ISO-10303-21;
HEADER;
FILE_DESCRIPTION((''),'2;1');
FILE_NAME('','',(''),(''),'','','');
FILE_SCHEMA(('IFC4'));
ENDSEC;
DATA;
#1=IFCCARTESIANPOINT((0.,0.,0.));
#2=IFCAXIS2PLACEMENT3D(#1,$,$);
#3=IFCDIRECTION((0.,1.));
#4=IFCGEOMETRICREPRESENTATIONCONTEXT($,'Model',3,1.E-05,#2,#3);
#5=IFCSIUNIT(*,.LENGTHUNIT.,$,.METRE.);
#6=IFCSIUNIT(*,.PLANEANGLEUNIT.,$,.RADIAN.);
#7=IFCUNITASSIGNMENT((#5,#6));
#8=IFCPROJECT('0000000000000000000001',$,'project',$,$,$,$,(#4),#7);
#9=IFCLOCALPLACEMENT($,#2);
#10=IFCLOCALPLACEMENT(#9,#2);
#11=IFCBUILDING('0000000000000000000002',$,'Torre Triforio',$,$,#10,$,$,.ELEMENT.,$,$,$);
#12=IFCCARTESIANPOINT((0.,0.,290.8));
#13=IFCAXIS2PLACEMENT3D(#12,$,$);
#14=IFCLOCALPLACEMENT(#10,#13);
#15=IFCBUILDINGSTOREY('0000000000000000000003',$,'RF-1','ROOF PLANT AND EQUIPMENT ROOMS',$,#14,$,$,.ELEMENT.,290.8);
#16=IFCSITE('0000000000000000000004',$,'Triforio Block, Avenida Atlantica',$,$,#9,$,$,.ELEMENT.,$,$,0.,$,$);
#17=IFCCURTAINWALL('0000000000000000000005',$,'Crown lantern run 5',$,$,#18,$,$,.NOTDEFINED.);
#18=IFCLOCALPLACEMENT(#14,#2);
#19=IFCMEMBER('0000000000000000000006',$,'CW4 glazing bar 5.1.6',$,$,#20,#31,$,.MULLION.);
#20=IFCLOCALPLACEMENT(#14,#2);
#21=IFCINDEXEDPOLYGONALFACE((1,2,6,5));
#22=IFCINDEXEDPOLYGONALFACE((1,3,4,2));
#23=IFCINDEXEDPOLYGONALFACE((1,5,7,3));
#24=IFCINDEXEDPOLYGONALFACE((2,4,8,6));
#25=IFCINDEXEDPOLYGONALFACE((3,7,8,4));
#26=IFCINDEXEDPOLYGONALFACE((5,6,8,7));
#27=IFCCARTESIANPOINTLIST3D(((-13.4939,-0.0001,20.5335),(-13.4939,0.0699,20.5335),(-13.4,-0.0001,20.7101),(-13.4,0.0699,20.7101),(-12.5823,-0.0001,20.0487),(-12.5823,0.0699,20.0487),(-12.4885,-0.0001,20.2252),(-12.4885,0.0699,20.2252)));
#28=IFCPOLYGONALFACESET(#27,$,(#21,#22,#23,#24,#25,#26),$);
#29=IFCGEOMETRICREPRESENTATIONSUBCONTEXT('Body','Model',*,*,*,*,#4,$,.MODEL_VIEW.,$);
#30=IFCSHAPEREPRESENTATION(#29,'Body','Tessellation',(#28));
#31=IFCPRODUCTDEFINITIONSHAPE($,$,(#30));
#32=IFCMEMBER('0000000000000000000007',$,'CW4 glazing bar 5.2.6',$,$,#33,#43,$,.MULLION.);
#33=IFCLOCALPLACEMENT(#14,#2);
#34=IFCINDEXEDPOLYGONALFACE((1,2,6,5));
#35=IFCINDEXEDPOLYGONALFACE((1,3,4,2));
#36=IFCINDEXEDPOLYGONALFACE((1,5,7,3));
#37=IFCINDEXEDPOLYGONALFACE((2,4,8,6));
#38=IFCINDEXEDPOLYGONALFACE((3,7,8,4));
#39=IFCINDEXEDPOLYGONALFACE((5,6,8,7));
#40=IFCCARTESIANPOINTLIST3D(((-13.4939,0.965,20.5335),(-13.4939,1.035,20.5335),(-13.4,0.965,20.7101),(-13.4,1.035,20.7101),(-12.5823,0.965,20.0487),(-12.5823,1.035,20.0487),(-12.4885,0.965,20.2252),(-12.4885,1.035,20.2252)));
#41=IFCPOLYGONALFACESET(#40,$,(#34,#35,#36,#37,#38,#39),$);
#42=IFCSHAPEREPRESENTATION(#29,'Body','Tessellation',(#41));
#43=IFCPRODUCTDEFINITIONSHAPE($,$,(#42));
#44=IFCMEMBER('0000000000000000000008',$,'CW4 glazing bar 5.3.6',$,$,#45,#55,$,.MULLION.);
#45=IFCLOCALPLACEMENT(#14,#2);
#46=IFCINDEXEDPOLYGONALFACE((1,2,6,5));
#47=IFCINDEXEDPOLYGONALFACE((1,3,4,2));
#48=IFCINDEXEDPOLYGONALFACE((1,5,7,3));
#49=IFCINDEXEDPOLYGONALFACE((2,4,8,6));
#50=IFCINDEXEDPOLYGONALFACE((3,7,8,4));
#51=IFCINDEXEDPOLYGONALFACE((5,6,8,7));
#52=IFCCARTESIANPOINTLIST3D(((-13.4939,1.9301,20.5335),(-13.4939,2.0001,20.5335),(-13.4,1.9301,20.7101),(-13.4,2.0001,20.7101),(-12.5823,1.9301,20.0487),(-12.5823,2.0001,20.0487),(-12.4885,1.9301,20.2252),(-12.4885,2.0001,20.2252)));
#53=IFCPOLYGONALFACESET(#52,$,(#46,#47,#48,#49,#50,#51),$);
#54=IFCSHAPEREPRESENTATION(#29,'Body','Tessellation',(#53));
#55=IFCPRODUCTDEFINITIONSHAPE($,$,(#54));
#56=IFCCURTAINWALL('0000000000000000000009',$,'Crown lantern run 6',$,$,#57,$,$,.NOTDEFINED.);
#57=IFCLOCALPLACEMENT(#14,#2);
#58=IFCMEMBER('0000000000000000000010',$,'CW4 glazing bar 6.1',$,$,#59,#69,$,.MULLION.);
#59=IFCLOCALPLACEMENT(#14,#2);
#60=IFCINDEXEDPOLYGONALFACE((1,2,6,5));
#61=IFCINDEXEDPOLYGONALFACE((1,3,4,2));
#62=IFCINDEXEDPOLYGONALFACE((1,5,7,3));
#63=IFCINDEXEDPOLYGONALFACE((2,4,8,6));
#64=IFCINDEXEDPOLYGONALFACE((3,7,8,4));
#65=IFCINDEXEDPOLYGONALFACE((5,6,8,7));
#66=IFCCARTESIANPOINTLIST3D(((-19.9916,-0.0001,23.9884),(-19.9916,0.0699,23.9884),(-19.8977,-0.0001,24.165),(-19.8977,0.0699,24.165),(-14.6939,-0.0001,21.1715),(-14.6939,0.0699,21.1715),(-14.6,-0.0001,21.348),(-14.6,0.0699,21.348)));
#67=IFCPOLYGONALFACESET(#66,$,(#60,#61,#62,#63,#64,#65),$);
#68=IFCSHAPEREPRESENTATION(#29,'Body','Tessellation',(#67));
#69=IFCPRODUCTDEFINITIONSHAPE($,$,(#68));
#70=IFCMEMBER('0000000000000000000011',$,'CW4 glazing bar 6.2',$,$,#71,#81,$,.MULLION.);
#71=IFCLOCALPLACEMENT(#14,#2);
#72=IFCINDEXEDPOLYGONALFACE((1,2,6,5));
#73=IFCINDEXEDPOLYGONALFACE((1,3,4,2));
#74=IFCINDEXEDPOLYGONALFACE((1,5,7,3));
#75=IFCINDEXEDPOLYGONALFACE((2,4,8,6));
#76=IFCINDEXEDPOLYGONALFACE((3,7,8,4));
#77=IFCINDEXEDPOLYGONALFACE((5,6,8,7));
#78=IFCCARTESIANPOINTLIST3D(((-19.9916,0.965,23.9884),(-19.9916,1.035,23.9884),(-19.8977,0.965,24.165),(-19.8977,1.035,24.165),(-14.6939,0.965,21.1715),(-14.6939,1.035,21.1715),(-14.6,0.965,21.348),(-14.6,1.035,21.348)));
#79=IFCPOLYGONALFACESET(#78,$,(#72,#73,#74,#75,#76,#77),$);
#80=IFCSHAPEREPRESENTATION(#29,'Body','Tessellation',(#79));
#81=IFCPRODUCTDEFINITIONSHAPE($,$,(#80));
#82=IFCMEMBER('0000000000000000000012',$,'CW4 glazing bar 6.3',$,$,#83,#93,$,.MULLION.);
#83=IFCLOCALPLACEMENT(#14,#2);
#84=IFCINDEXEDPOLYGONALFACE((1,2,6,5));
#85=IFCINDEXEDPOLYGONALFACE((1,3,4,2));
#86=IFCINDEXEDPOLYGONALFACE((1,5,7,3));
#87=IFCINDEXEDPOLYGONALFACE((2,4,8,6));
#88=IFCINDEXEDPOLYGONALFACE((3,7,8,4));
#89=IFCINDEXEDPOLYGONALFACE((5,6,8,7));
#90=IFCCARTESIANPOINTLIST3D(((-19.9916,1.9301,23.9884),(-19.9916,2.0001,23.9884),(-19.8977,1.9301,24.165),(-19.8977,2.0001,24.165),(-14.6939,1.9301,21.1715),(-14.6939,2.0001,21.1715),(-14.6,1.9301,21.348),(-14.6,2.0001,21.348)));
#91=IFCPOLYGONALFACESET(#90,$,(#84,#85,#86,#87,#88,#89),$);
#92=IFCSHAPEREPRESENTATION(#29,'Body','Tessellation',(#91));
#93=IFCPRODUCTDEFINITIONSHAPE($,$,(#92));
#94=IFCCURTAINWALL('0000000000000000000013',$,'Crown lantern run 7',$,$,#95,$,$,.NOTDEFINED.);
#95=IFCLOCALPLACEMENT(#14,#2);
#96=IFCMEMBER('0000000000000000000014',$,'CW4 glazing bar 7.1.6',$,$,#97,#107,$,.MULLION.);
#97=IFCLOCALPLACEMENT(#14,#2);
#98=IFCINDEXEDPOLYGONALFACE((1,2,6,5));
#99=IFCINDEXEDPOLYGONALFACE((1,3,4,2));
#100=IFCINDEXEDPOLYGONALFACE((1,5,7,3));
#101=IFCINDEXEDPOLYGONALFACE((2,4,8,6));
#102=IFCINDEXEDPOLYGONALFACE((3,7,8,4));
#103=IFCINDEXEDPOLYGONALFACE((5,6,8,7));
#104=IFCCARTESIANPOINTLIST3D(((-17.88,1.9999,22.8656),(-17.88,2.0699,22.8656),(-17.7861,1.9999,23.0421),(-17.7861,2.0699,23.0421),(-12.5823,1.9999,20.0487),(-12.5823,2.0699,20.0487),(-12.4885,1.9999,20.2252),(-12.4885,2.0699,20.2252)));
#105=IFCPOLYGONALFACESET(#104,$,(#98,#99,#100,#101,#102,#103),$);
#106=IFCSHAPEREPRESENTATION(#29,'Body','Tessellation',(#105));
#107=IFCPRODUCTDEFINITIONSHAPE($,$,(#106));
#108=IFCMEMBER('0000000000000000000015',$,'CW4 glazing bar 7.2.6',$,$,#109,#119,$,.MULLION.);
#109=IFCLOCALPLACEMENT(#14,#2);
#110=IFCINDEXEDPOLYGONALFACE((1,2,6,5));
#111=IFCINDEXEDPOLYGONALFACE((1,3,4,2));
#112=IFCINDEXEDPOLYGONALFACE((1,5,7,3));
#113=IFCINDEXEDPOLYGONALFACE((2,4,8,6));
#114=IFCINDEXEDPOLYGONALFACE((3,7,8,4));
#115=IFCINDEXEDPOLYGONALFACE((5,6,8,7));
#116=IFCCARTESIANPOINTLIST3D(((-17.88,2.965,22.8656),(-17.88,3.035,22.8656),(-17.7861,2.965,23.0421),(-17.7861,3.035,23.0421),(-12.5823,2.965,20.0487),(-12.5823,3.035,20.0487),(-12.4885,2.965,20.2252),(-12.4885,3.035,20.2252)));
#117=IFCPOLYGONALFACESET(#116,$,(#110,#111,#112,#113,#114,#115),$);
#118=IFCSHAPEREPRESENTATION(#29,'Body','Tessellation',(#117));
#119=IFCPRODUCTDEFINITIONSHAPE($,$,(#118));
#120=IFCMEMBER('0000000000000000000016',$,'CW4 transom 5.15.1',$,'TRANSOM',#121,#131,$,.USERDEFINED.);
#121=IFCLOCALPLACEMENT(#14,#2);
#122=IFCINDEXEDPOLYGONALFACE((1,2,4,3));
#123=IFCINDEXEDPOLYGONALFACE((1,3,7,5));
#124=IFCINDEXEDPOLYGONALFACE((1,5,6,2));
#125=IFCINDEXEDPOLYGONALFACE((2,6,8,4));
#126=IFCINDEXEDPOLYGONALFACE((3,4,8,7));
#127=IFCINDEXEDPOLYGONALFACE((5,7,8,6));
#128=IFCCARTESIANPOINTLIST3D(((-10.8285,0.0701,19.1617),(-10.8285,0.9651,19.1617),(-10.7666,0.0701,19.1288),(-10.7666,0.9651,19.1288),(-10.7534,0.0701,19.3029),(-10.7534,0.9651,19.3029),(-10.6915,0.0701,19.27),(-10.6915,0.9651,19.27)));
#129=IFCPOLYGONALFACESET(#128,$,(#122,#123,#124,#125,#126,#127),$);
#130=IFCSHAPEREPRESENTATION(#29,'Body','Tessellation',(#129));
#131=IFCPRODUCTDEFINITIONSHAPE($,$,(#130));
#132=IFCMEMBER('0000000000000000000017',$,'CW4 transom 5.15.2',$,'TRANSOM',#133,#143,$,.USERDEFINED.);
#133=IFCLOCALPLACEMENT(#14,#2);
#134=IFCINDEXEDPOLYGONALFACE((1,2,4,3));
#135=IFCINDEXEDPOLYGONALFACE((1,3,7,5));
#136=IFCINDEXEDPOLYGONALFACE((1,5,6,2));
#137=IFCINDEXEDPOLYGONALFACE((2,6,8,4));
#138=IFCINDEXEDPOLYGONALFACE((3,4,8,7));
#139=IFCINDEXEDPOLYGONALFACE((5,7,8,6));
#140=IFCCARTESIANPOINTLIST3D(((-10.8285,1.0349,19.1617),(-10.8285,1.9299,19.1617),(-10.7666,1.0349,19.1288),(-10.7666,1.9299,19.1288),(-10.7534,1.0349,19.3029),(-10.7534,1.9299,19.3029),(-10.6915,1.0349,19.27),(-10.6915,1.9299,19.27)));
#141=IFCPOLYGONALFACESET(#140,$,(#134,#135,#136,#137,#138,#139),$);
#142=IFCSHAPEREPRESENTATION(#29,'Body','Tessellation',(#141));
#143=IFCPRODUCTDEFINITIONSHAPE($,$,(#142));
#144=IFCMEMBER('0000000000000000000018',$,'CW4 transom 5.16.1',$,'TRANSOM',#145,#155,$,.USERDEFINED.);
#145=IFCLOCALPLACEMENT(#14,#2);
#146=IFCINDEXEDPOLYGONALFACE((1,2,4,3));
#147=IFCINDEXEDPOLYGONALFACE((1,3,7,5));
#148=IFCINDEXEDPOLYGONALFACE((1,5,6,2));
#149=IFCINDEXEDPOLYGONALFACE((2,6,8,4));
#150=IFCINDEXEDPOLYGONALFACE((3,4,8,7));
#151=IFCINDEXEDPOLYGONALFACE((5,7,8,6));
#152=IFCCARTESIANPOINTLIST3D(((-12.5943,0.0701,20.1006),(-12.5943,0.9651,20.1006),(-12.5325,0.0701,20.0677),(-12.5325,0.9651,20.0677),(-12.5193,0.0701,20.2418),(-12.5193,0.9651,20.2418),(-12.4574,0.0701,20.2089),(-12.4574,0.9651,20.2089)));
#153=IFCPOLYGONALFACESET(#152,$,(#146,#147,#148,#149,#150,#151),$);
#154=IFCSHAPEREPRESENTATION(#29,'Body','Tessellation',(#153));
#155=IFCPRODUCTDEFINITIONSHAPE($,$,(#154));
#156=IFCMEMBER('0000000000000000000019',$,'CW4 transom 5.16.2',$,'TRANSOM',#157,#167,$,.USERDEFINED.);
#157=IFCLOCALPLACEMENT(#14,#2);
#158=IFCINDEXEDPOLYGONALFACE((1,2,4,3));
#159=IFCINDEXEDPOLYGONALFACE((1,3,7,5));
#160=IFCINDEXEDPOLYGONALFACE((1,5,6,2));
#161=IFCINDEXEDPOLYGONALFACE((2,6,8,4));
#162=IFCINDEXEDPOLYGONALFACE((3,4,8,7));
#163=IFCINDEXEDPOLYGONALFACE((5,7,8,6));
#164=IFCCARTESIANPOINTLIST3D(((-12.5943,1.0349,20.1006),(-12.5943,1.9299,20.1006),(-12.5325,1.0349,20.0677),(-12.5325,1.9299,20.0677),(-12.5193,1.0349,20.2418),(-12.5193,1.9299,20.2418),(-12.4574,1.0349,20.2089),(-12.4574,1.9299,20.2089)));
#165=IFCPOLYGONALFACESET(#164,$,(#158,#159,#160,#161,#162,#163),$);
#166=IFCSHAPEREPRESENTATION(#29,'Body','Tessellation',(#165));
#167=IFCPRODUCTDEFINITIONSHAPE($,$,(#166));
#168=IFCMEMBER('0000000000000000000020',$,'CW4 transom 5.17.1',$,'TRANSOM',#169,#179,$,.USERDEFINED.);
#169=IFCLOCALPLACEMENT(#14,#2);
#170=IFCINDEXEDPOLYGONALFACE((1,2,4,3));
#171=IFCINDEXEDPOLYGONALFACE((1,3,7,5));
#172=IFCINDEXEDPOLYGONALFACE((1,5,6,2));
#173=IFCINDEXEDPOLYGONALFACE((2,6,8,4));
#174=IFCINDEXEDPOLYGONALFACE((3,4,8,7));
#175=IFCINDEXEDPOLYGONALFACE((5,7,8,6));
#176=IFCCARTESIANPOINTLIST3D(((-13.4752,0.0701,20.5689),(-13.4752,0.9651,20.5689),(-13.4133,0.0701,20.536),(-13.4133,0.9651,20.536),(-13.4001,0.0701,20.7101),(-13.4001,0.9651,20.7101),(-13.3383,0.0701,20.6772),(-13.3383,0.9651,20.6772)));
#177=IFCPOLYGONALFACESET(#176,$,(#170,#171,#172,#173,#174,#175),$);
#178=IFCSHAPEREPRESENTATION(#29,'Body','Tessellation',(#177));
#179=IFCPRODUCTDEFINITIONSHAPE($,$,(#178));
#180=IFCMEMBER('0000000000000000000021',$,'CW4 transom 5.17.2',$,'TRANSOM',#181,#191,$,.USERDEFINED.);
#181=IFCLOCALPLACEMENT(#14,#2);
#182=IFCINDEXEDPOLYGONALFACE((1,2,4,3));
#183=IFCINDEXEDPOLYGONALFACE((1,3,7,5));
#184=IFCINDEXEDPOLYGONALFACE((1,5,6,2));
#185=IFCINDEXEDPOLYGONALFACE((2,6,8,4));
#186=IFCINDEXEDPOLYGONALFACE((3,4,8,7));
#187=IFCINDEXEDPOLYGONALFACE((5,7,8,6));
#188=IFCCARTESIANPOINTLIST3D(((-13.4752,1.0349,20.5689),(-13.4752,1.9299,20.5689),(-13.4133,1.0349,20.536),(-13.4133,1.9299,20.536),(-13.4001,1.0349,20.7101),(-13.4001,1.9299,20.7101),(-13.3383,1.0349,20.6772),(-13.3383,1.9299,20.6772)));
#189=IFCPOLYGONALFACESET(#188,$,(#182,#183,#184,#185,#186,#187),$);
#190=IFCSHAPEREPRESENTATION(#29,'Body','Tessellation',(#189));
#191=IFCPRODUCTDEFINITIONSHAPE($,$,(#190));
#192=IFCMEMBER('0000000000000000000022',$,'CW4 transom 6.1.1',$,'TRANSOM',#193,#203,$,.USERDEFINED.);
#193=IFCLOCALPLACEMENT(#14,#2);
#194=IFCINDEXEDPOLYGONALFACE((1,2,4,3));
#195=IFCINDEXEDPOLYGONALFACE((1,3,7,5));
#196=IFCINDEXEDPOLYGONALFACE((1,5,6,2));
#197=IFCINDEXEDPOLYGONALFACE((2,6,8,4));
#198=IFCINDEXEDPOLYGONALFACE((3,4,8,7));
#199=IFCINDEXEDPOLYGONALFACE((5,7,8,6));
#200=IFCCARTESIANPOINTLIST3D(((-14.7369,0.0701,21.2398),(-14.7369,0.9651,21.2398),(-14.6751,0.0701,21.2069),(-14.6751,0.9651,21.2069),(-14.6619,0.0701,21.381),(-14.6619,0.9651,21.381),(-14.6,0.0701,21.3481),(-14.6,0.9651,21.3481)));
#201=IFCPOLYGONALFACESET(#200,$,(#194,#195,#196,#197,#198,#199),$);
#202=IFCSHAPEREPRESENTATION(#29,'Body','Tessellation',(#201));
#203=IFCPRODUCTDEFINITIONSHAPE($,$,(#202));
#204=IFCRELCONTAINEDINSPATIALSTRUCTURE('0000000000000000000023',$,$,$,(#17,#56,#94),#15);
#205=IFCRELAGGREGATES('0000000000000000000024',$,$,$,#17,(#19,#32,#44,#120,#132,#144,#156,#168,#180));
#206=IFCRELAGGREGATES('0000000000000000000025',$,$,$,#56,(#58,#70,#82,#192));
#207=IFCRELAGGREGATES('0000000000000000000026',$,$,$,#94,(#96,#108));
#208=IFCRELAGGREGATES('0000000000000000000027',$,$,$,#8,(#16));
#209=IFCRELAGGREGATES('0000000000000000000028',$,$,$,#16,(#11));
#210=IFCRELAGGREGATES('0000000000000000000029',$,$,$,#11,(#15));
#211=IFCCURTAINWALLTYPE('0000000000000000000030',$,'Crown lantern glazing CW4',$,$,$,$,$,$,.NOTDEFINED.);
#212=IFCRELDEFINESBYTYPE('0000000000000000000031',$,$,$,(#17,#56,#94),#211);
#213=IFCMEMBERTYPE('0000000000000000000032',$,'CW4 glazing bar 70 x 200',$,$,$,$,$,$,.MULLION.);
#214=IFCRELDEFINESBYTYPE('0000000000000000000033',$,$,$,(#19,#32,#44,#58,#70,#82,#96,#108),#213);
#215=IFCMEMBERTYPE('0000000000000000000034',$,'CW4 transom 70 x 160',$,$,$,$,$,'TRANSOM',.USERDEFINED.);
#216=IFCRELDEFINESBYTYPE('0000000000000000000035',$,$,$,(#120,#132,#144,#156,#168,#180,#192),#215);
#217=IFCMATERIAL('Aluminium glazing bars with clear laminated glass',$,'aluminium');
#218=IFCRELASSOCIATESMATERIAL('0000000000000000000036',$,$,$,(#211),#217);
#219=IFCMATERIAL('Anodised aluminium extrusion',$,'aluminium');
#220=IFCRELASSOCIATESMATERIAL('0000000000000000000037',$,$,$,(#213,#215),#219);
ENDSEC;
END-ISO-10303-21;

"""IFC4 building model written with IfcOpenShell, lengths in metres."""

from ifc_helpers import new_model, si_unit, direction, frame, origin, origin_2d, place, context, subcontext, project, spatial, rectangle, extrude, material, material_profile, profile_set, type_object, element, aggregate, save


model = new_model("IFC4")

# Units and contexts
model_context = context("Model", 3, precision=1e-05, world=origin(), true_north=direction((0.0, 1.0)))
body_context = subcontext(model_context, "Body", "Model", "MODEL_VIEW")
ifc_project = project(units=[si_unit("LENGTHUNIT", "METRE"), si_unit("PLANEANGLEUNIT", "RADIAN")], contexts=[model_context])

# Site, building, storey
site_placement = place(None, origin())
site = spatial("IfcSite", under=ifc_project, at=site_placement, Name="Triforio Block, Avenida Atlantica", CompositionType="ELEMENT", RefElevation=0.0)
building_placement = place(site_placement, origin())
building = spatial("IfcBuilding", under=site, at=building_placement, Name="Torre Triforio", CompositionType="ELEMENT")
storey_placement = place(building_placement, frame((0.0, 0.0, 290.8)))
storey = spatial("IfcBuildingStorey", under=building, at=storey_placement, Name="RF-1", Description="ROOF PLANT AND EQUIPMENT ROOMS", CompositionType="ELEMENT", Elevation=290.8)

# Curtain walls, members
ifc_material_1 = material(Name="Aluminium glazing bars with clear laminated glass", Category="aluminium")
curtain_wall_type = type_object("IfcCurtainWallType", Name="Crown lantern glazing CW4", PredefinedType="NOTDEFINED", material=ifc_material_1)
curtain_wall_1_placement = place(storey_placement, origin())
curtain_wall_1 = element("IfcCurtainWall", 1, at=curtain_wall_1_placement, inside=storey, type_object=curtain_wall_type, Name="Crown lantern run 5", PredefinedType="NOTDEFINED")
ifc_material_2 = material(Name="Anodised aluminium extrusion", Category="aluminium")
ifc_material_profile_1 = material_profile(ifc_material_2, rectangle(XDim=0.0701, YDim=0.2, at=origin_2d()), Name="CW4 MULLION 70x200")
ifc_profile_set_1 = profile_set([ifc_material_profile_1], Name="Anodised aluminium extrusion")
member_type_1 = type_object("IfcMemberType", Name="CW4 glazing bar 70 x 200", PredefinedType="MULLION", material=ifc_profile_set_1)
member_1_placement = place(storey_placement, frame((-12.5354, 0.0349, 20.137), z_axis=(-0.882889, 0.0, 0.469582), x_axis=(0.0, -1.0, 0.0)))
member_1 = element("IfcMember", 2, at=member_1_placement, type_object=member_type_1, Name="CW4 glazing bar 5.1.6", PredefinedType="MULLION", context=body_context, shape_type="SweptSolid", body=[
    extrude(rectangle(XDim=0.0701, YDim=0.2, at=origin_2d()), origin(), (0.0, 0.0, 1.0), 1.0325),
])
member_2_placement = place(storey_placement, frame((-12.5354, 1.0, 20.137), z_axis=(-0.882889, 0.0, 0.469582), x_axis=(0.0, -1.0, 0.0)))
member_2 = element("IfcMember", 3, at=member_2_placement, type_object=member_type_1, Name="CW4 glazing bar 5.2.6", PredefinedType="MULLION", context=body_context, shape_type="SweptSolid", body=[
    extrude(rectangle(XDim=0.0701, YDim=0.2, at=origin_2d()), origin(), (0.0, 0.0, 1.0), 1.0325),
])
member_3_placement = place(storey_placement, frame((-12.5354, 1.9651, 20.137), z_axis=(-0.882889, 0.0, 0.469582), x_axis=(0.0, -1.0, 0.0)))
member_3 = element("IfcMember", 4, at=member_3_placement, type_object=member_type_1, Name="CW4 glazing bar 5.3.6", PredefinedType="MULLION", context=body_context, shape_type="SweptSolid", body=[
    extrude(rectangle(XDim=0.0701, YDim=0.2, at=origin_2d()), origin(), (0.0, 0.0, 1.0), 1.0325),
])
curtain_wall_2_placement = place(storey_placement, origin())
curtain_wall_2 = element("IfcCurtainWall", 5, at=curtain_wall_2_placement, inside=storey, type_object=curtain_wall_type, Name="Crown lantern run 6", PredefinedType="NOTDEFINED")
member_4_placement = place(storey_placement, frame((-14.647, 0.0349, 21.2598), z_axis=(-0.88294, 0.0, 0.469485), x_axis=(0.0, -1.0, 0.0)))
member_4 = element("IfcMember", 6, at=member_4_placement, type_object=member_type_1, Name="CW4 glazing bar 6.1", PredefinedType="MULLION", context=body_context, shape_type="SweptSolid", body=[
    extrude(rectangle(XDim=0.0701, YDim=0.2, at=origin_2d()), origin(), (0.0, 0.0, 1.0), 6.0),
])
member_5_placement = place(storey_placement, frame((-14.647, 1.0, 21.2598), z_axis=(-0.88294, 0.0, 0.469485), x_axis=(0.0, -1.0, 0.0)))
member_5 = element("IfcMember", 7, at=member_5_placement, type_object=member_type_1, Name="CW4 glazing bar 6.2", PredefinedType="MULLION", context=body_context, shape_type="SweptSolid", body=[
    extrude(rectangle(XDim=0.0701, YDim=0.2, at=origin_2d()), origin(), (0.0, 0.0, 1.0), 6.0),
])
member_6_placement = place(storey_placement, frame((-14.647, 1.9651, 21.2598), z_axis=(-0.88294, 0.0, 0.469485), x_axis=(0.0, -1.0, 0.0)))
member_6 = element("IfcMember", 8, at=member_6_placement, type_object=member_type_1, Name="CW4 glazing bar 6.3", PredefinedType="MULLION", context=body_context, shape_type="SweptSolid", body=[
    extrude(rectangle(XDim=0.0701, YDim=0.2, at=origin_2d()), origin(), (0.0, 0.0, 1.0), 6.0),
])
curtain_wall_3_placement = place(storey_placement, origin())
curtain_wall_3 = element("IfcCurtainWall", 9, at=curtain_wall_3_placement, inside=storey, type_object=curtain_wall_type, Name="Crown lantern run 7", PredefinedType="NOTDEFINED")
member_7_placement = place(storey_placement, frame((-12.5354, 2.0349, 20.137), z_axis=(-0.88294, 0.0, 0.469485), x_axis=(0.0, -1.0, 0.0)))
member_7 = element("IfcMember", 10, at=member_7_placement, type_object=member_type_1, Name="CW4 glazing bar 7.1.6", PredefinedType="MULLION", context=body_context, shape_type="SweptSolid", body=[
    extrude(rectangle(XDim=0.0701, YDim=0.2, at=origin_2d()), origin(), (0.0, 0.0, 1.0), 6.0),
])
member_8_placement = place(storey_placement, frame((-12.5354, 3.0, 20.137), z_axis=(-0.88294, 0.0, 0.469485), x_axis=(0.0, -1.0, 0.0)))
member_8 = element("IfcMember", 11, at=member_8_placement, type_object=member_type_1, Name="CW4 glazing bar 7.2.6", PredefinedType="MULLION", context=body_context, shape_type="SweptSolid", body=[
    extrude(rectangle(XDim=0.0701, YDim=0.2, at=origin_2d()), origin(), (0.0, 0.0, 1.0), 6.0),
])

# Members
ifc_material_profile_2 = material_profile(ifc_material_2, rectangle(XDim=0.0701, YDim=0.1599, at=origin_2d()), Name="CW4 TRANSOM 70x160")
ifc_profile_set_2 = profile_set([ifc_material_profile_2], Name="Anodised aluminium extrusion")
member_type_2 = type_object("IfcMemberType", Name="CW4 transom 70 x 160", ElementType="TRANSOM", PredefinedType="USERDEFINED", material=ifc_profile_set_2)
member_9_placement = place(storey_placement, frame((-10.76, 0.0701, 19.2158), z_axis=(0.0, 1.0, 0.0), x_axis=(-0.882948, 0.0, 0.469472)))
member_9 = element("IfcMember", 12, at=member_9_placement, type_object=member_type_2, Name="CW4 transom 5.15.1", ObjectType="TRANSOM", PredefinedType="USERDEFINED", context=body_context, shape_type="SweptSolid", body=[
    extrude(rectangle(XDim=0.0701, YDim=0.1599, at=origin_2d()), origin(), (0.0, 0.0, 1.0), 0.895),
])
member_10_placement = place(storey_placement, frame((-10.76, 1.0349, 19.2158), z_axis=(0.0, 1.0, 0.0), x_axis=(-0.882948, 0.0, 0.469472)))
member_10 = element("IfcMember", 13, at=member_10_placement, type_object=member_type_2, Name="CW4 transom 5.15.2", ObjectType="TRANSOM", PredefinedType="USERDEFINED", context=body_context, shape_type="SweptSolid", body=[
    extrude(rectangle(XDim=0.0701, YDim=0.1599, at=origin_2d()), origin(), (0.0, 0.0, 1.0), 0.895),
])
member_11_placement = place(storey_placement, frame((-12.5259, 0.0701, 20.1548), z_axis=(0.0, 1.0, 0.0), x_axis=(-0.882948, 0.0, 0.469472)))
member_11 = element("IfcMember", 14, at=member_11_placement, type_object=member_type_2, Name="CW4 transom 5.16.1", ObjectType="TRANSOM", PredefinedType="USERDEFINED", context=body_context, shape_type="SweptSolid", body=[
    extrude(rectangle(XDim=0.0701, YDim=0.1599, at=origin_2d()), origin(), (0.0, 0.0, 1.0), 0.895),
])
member_12_placement = place(storey_placement, frame((-12.5259, 1.0349, 20.1548), z_axis=(0.0, 1.0, 0.0), x_axis=(-0.882948, 0.0, 0.469472)))
member_12 = element("IfcMember", 15, at=member_12_placement, type_object=member_type_2, Name="CW4 transom 5.16.2", ObjectType="TRANSOM", PredefinedType="USERDEFINED", context=body_context, shape_type="SweptSolid", body=[
    extrude(rectangle(XDim=0.0701, YDim=0.1599, at=origin_2d()), origin(), (0.0, 0.0, 1.0), 0.895),
])
member_13_placement = place(storey_placement, frame((-13.4067, 0.0701, 20.623), z_axis=(0.0, 1.0, 0.0), x_axis=(-0.882948, 0.0, 0.469472)))
member_13 = element("IfcMember", 16, at=member_13_placement, type_object=member_type_2, Name="CW4 transom 5.17.1", ObjectType="TRANSOM", PredefinedType="USERDEFINED", context=body_context, shape_type="SweptSolid", body=[
    extrude(rectangle(XDim=0.0701, YDim=0.1599, at=origin_2d()), origin(), (0.0, 0.0, 1.0), 0.895),
])
member_14_placement = place(storey_placement, frame((-13.4067, 1.0349, 20.623), z_axis=(0.0, 1.0, 0.0), x_axis=(-0.882948, 0.0, 0.469472)))
member_14 = element("IfcMember", 17, at=member_14_placement, type_object=member_type_2, Name="CW4 transom 5.17.2", ObjectType="TRANSOM", PredefinedType="USERDEFINED", context=body_context, shape_type="SweptSolid", body=[
    extrude(rectangle(XDim=0.0701, YDim=0.1599, at=origin_2d()), origin(), (0.0, 0.0, 1.0), 0.895),
])
member_15_placement = place(storey_placement, frame((-14.6685, 0.0701, 21.2939), z_axis=(0.0, 1.0, 0.0), x_axis=(-0.882948, 0.0, 0.469472)))
member_15 = element("IfcMember", 18, at=member_15_placement, type_object=member_type_2, Name="CW4 transom 6.1.1", ObjectType="TRANSOM", PredefinedType="USERDEFINED", context=body_context, shape_type="SweptSolid", body=[
    extrude(rectangle(XDim=0.0701, YDim=0.1599, at=origin_2d()), origin(), (0.0, 0.0, 1.0), 0.895),
])

aggregate(curtain_wall_1, [member_1, member_2, member_3, member_9, member_10, member_11, member_12, member_13, member_14])
aggregate(curtain_wall_2, [member_4, member_5, member_6, member_15])
aggregate(curtain_wall_3, [member_7, member_8])

save(model, "model.ifc")
